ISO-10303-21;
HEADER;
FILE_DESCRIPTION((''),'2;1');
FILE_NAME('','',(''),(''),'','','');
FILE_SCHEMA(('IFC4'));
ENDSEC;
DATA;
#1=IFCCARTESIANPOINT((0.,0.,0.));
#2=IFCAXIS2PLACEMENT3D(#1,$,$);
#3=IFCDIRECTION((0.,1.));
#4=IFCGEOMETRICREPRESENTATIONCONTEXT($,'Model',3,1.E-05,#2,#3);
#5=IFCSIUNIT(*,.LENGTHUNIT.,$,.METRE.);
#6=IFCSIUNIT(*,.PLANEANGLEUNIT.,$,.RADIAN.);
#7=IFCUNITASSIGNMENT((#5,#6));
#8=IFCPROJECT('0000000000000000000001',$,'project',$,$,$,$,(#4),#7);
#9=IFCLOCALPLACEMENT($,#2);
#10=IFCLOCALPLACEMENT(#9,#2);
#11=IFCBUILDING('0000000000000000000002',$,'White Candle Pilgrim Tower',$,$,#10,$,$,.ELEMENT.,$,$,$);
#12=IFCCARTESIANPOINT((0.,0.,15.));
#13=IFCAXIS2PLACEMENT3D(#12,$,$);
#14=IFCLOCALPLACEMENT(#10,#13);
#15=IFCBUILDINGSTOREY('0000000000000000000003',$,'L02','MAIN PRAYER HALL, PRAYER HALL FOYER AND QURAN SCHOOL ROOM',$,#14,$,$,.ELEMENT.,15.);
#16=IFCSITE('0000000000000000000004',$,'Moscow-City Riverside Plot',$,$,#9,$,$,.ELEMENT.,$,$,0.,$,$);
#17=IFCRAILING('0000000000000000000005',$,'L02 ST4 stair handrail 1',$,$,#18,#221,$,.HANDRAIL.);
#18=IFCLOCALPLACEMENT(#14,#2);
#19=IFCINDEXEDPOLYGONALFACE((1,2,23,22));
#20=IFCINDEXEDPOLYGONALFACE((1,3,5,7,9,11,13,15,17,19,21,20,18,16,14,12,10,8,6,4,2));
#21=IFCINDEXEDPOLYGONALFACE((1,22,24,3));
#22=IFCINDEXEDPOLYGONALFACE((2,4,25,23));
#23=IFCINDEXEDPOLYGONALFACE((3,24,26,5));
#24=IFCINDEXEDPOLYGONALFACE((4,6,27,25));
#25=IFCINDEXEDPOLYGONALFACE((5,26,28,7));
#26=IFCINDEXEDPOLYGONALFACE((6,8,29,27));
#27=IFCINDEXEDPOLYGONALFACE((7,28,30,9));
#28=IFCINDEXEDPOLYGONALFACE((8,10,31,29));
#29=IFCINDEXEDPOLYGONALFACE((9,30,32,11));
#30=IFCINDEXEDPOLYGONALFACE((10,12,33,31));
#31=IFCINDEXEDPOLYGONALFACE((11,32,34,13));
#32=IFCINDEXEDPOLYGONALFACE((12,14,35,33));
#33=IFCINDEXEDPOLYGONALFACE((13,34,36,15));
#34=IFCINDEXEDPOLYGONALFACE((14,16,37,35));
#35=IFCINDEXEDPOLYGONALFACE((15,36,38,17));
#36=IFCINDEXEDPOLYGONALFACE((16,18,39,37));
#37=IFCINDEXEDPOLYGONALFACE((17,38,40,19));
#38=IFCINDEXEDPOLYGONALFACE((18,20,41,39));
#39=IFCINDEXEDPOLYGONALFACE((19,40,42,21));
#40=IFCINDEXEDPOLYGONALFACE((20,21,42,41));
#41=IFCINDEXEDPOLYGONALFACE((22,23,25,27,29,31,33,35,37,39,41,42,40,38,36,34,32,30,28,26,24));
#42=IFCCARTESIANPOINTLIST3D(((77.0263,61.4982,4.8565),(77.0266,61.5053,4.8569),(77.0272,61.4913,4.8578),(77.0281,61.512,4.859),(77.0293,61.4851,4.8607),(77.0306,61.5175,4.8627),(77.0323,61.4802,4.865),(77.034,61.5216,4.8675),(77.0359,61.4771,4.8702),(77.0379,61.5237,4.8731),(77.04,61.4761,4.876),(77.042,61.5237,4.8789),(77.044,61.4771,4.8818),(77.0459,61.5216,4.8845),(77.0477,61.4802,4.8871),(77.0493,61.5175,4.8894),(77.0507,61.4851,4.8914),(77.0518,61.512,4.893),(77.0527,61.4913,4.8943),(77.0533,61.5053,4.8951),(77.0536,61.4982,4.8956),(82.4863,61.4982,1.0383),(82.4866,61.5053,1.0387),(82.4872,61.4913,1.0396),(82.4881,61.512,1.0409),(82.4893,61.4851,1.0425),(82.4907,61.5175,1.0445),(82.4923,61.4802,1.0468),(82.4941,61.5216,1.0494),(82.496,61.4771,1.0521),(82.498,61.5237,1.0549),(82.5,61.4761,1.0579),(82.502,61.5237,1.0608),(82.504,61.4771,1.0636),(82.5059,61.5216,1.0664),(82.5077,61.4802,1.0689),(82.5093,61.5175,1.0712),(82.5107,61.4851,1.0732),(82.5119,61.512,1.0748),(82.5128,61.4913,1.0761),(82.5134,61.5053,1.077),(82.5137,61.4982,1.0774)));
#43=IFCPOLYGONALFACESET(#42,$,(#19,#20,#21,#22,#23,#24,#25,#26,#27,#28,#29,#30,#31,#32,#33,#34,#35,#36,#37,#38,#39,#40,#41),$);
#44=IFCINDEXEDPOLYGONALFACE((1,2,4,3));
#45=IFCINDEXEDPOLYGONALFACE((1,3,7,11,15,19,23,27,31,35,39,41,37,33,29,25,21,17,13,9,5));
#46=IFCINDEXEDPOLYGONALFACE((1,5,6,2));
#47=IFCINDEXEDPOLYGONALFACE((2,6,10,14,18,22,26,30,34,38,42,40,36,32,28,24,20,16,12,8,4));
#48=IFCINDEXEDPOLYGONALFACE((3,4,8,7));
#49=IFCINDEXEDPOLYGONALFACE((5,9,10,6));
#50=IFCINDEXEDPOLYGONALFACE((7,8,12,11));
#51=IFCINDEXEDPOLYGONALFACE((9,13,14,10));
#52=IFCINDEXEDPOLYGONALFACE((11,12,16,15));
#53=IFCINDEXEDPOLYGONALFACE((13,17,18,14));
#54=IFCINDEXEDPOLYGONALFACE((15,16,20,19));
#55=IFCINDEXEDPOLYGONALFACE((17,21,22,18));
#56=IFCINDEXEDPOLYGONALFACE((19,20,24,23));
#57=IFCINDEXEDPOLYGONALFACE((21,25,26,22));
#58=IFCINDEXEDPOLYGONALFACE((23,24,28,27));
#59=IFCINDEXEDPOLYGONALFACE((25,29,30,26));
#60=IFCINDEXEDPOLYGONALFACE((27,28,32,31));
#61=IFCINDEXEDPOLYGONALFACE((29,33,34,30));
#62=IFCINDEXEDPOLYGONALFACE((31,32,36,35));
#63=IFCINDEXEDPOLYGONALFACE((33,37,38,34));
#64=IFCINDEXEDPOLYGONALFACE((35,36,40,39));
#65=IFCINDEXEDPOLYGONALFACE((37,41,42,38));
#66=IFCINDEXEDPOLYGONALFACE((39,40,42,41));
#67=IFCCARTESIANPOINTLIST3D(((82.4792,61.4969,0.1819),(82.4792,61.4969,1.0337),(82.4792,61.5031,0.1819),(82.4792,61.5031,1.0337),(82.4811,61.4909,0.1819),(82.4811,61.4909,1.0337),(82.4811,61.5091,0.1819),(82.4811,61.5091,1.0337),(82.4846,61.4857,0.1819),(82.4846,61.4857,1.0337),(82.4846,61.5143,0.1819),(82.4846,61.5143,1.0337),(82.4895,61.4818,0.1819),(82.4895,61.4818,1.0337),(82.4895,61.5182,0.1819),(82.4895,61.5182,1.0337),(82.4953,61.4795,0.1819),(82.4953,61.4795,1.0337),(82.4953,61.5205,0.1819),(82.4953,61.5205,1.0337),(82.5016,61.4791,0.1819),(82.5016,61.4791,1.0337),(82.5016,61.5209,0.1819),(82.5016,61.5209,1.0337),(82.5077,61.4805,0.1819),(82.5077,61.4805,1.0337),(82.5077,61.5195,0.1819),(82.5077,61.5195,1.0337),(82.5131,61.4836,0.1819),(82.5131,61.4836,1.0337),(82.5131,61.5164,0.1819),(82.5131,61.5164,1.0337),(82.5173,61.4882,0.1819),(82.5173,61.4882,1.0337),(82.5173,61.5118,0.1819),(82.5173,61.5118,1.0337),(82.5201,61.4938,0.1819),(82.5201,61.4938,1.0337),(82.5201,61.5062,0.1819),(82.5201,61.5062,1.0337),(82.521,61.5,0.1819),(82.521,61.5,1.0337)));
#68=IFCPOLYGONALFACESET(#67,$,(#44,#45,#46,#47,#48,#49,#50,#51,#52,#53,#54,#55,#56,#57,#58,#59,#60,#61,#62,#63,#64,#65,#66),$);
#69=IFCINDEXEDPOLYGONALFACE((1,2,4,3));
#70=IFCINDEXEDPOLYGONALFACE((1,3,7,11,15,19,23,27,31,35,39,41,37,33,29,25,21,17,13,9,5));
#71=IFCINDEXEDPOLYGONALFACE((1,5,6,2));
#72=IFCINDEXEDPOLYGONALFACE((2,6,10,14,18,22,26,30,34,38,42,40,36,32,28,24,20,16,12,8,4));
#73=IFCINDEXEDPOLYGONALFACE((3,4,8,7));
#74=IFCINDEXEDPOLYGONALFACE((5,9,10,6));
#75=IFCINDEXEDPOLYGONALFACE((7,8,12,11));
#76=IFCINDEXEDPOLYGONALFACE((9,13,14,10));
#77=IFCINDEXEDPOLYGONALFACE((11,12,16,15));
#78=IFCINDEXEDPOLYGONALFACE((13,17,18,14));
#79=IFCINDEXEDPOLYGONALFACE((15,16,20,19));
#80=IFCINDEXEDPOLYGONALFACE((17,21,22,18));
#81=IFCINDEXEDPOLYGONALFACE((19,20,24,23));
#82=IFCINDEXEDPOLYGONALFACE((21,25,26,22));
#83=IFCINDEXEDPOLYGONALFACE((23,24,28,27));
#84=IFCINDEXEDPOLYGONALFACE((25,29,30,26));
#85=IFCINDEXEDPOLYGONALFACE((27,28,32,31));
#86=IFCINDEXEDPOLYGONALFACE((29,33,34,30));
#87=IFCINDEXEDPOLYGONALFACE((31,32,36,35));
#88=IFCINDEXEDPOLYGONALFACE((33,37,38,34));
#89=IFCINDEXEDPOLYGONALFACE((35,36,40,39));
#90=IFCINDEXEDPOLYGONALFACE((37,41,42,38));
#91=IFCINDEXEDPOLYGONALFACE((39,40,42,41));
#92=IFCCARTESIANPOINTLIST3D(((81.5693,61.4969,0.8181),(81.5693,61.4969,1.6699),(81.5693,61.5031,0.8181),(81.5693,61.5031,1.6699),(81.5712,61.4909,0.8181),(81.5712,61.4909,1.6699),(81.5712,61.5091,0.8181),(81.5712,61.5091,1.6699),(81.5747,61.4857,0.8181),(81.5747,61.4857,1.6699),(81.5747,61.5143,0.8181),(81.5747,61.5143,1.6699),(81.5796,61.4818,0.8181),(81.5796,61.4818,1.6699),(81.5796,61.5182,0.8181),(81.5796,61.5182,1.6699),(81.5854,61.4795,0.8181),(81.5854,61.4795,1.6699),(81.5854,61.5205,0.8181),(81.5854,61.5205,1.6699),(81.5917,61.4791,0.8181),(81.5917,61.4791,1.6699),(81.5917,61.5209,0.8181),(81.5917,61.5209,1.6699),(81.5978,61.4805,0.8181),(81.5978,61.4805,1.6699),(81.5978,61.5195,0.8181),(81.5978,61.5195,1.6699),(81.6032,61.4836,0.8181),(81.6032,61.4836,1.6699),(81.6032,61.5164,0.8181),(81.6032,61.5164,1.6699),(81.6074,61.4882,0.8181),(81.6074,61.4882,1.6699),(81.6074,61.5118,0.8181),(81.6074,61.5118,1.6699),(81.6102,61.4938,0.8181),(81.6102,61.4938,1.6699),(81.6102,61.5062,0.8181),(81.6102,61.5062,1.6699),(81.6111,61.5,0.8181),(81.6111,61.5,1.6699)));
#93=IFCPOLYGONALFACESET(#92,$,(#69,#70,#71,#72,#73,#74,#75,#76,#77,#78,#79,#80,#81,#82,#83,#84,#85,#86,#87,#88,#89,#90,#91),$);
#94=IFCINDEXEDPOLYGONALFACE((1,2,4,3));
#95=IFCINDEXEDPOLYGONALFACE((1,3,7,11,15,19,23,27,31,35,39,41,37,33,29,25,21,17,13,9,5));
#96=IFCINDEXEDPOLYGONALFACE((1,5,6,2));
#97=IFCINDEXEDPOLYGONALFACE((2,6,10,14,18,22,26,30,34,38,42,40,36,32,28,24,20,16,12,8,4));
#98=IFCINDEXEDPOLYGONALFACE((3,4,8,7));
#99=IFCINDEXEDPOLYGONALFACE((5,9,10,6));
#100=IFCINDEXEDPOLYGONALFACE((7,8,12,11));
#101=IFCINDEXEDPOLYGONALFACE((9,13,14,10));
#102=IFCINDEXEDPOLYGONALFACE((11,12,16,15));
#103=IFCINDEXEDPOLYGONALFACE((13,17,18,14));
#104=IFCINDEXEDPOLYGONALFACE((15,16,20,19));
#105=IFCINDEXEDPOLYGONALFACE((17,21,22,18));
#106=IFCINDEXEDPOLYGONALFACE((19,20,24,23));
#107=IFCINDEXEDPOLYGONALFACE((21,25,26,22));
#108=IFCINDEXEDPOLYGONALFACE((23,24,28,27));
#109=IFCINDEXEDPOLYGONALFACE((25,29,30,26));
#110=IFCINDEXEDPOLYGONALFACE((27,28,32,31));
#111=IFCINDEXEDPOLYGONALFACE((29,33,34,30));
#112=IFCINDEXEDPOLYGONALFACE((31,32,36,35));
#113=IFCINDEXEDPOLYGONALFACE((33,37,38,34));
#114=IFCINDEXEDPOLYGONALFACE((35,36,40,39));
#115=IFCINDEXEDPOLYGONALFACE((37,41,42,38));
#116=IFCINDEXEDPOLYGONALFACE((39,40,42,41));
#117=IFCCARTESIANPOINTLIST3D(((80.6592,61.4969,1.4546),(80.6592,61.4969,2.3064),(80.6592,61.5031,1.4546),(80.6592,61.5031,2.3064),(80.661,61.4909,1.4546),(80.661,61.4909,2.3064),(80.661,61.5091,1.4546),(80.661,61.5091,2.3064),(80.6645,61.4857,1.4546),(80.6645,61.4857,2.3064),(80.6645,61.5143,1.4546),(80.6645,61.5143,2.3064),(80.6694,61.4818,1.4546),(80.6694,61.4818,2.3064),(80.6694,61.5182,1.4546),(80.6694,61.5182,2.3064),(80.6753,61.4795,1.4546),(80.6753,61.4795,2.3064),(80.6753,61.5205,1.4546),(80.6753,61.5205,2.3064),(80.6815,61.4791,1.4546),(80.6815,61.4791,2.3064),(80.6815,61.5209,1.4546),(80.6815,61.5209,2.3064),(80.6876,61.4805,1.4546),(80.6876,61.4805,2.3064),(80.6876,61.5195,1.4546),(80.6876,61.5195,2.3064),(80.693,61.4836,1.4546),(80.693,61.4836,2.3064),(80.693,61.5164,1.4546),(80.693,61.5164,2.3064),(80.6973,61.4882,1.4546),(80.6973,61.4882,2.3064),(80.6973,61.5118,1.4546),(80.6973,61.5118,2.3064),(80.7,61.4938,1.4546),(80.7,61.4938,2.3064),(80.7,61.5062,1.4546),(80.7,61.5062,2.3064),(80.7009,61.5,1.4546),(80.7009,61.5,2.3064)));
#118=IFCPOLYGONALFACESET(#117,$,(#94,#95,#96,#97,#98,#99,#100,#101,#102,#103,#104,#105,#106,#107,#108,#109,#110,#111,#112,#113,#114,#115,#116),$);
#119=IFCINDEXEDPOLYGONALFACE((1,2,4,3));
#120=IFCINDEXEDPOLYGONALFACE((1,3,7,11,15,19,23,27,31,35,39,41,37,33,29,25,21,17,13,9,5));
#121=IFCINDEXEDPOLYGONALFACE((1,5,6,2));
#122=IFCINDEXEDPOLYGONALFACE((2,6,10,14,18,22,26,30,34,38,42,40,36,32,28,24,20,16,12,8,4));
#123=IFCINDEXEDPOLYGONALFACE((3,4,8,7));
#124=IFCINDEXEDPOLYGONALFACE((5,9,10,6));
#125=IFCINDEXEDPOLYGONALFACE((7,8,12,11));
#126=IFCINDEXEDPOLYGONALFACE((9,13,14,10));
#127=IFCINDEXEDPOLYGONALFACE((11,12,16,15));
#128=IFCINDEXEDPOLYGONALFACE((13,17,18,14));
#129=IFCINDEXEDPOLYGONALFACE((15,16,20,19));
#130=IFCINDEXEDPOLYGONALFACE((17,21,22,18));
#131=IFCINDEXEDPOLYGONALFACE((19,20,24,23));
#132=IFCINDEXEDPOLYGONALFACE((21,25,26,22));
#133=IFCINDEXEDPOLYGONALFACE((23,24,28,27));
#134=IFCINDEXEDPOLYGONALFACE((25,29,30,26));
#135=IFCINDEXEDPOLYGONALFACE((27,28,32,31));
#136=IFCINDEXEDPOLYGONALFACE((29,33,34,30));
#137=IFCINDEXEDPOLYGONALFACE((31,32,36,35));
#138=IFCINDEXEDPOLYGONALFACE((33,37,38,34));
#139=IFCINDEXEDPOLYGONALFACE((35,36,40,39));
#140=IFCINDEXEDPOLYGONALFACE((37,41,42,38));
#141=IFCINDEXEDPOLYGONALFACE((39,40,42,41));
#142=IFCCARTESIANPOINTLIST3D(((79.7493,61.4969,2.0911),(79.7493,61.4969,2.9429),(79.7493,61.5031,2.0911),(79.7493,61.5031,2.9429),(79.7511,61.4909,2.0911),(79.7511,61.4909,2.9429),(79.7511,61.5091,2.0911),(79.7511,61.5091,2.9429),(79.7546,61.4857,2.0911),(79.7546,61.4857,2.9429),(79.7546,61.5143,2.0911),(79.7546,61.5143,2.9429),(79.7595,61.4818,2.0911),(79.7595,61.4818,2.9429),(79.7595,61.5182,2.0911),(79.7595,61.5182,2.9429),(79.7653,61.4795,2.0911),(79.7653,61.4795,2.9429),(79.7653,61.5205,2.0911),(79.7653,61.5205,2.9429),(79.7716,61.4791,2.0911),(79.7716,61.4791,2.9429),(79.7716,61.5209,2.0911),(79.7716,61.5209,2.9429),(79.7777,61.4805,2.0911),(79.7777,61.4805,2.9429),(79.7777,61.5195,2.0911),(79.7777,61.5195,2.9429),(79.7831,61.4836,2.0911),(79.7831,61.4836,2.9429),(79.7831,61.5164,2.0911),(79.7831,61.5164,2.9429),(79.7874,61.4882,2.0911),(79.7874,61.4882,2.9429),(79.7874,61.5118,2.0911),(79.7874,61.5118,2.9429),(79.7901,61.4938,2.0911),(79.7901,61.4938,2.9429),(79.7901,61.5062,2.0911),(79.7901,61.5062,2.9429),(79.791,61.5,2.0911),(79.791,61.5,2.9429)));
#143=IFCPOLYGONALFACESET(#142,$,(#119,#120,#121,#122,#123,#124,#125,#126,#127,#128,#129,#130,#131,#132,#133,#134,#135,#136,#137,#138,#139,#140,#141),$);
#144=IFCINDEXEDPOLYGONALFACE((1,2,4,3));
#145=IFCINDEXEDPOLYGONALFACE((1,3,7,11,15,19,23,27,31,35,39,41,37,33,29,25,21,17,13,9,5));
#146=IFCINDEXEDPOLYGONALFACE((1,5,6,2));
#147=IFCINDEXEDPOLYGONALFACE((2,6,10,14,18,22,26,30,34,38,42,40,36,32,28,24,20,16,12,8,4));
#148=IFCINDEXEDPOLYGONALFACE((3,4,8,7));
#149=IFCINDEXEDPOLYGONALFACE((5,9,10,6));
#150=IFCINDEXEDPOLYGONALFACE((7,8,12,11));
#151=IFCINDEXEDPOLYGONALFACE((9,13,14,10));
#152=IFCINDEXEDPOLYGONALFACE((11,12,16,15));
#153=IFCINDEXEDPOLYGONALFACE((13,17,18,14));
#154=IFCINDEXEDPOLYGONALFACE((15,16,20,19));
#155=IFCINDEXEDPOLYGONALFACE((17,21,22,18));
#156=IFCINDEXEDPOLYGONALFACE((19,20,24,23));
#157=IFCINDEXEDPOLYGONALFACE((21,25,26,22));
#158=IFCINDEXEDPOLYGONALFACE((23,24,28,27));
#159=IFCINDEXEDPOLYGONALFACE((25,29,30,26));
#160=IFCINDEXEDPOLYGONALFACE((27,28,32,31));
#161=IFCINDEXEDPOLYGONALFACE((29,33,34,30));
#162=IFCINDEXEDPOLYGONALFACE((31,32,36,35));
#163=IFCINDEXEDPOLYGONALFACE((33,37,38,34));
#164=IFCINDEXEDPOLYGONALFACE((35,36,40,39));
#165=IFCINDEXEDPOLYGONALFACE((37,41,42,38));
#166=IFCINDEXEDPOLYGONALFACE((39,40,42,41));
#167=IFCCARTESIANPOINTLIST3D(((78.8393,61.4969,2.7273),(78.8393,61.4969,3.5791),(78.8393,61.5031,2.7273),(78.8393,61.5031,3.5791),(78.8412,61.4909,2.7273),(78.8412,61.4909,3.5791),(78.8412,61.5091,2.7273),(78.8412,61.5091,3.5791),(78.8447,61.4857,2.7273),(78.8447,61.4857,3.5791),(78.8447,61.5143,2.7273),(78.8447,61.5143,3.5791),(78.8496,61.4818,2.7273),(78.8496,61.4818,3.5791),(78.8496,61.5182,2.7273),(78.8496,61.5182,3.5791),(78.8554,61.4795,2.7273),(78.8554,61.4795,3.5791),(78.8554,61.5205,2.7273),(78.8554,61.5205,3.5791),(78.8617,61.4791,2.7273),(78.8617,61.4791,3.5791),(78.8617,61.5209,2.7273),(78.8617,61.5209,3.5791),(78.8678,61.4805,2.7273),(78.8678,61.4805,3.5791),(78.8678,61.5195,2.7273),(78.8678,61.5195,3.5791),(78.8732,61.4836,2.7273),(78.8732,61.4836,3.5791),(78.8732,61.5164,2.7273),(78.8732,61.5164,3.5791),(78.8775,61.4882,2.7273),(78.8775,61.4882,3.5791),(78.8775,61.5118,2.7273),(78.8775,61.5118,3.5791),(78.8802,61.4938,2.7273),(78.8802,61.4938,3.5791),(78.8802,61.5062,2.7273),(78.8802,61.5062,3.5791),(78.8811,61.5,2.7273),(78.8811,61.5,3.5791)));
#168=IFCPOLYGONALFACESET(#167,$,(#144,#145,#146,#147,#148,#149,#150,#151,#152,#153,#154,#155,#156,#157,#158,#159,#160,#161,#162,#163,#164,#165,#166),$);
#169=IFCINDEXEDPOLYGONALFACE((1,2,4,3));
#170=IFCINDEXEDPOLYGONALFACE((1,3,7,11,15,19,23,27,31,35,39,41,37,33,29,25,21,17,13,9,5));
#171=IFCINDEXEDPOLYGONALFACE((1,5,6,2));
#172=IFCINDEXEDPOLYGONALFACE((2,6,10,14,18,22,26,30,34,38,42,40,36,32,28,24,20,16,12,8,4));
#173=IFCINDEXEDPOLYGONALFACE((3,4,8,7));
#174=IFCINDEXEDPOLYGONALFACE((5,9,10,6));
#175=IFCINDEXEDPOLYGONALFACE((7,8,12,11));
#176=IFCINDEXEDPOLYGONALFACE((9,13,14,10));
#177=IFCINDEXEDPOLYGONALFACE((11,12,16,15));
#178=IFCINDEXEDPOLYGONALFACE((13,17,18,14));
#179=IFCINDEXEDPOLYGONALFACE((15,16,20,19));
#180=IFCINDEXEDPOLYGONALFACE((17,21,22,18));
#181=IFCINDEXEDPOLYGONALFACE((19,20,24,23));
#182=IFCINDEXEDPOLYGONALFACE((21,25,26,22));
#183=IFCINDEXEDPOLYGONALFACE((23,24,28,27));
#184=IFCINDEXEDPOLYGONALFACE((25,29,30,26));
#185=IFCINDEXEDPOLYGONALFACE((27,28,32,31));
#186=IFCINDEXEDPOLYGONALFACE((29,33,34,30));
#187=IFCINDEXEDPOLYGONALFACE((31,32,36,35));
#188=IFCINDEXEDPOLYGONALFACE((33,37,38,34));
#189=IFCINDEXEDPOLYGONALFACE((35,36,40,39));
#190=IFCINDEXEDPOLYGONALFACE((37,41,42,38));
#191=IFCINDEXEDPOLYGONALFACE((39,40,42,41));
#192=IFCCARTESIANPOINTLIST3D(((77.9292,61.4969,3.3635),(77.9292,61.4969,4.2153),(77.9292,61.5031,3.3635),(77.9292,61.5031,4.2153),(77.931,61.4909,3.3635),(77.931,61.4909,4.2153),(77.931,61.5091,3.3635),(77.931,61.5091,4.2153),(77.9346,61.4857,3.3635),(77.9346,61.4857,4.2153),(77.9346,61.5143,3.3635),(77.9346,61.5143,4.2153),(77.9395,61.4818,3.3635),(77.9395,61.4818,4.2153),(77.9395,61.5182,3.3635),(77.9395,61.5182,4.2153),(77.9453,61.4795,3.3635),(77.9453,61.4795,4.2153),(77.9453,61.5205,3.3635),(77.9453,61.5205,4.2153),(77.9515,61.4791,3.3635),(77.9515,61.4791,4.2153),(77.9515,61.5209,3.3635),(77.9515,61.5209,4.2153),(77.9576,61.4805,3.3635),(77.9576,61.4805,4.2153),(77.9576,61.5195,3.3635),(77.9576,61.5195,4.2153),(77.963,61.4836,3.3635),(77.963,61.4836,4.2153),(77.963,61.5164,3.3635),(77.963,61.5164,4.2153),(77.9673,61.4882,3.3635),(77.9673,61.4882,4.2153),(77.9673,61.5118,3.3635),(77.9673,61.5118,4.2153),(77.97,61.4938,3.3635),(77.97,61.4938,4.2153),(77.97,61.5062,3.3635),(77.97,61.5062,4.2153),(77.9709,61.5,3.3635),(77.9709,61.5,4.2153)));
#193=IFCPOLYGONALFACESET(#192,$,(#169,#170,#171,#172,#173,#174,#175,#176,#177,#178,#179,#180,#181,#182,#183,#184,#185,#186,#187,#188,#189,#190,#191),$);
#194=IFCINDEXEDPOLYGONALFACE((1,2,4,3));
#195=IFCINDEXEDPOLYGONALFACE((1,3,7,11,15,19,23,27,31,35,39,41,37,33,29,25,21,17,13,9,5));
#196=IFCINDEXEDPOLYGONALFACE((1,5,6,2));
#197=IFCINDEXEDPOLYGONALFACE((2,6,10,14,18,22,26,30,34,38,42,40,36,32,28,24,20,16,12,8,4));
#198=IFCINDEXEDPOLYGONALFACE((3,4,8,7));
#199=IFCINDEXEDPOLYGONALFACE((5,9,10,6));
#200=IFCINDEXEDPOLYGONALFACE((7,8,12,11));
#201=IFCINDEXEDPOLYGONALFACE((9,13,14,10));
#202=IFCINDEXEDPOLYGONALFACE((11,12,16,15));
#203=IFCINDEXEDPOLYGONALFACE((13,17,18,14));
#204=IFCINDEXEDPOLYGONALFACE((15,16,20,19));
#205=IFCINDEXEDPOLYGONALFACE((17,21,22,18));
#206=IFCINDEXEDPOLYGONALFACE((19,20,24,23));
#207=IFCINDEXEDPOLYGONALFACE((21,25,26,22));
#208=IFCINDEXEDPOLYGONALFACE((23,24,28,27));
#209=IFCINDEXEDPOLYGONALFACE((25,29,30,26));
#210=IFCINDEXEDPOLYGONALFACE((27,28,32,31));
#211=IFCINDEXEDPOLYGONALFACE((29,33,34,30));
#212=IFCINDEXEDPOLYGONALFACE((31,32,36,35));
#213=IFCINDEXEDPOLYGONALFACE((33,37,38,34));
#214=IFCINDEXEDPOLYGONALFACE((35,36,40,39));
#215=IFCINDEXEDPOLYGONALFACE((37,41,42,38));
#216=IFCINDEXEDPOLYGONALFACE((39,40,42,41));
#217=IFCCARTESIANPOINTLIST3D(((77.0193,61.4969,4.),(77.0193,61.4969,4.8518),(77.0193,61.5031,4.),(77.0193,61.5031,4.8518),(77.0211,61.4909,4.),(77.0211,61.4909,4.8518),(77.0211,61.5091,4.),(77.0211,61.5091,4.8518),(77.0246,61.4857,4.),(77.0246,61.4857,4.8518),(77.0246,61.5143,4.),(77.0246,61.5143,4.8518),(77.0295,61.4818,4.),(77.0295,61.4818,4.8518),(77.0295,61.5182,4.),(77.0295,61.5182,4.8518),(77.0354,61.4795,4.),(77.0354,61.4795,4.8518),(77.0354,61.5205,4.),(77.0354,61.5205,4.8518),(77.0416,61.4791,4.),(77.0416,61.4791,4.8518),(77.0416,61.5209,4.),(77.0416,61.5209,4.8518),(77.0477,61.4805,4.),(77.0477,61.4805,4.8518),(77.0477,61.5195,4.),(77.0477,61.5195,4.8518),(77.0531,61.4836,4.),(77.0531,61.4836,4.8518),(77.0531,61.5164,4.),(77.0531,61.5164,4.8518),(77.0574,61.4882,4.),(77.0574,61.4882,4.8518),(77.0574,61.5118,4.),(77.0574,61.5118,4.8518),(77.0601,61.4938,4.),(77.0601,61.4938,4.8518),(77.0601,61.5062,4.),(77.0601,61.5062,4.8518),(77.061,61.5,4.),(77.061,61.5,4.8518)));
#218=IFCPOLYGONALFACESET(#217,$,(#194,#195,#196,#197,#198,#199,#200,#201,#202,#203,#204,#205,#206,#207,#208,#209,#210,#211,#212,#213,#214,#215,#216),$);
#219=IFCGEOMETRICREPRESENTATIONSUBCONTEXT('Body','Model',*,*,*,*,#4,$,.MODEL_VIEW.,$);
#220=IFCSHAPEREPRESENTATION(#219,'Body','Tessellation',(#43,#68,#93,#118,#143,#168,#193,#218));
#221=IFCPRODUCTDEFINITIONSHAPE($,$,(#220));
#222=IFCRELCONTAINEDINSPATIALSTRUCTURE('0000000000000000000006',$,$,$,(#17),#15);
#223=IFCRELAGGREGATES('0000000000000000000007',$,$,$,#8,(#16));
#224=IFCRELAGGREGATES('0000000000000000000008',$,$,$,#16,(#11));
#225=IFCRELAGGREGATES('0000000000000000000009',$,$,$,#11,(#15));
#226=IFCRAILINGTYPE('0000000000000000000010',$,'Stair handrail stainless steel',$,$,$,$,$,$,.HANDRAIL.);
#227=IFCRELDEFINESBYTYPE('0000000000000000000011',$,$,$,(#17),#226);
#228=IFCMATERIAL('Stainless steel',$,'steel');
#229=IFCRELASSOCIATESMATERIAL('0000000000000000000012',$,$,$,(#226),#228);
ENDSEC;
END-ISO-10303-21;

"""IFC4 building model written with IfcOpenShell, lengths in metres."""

from ifc_helpers import new_model, si_unit, direction, frame, origin, origin_2d, place, context, subcontext, project, spatial, circle, extrude, material, type_object, element, save


model = new_model("IFC4")

# Units and contexts
model_context = context("Model", 3, precision=1e-05, world=origin(), true_north=direction((0.0, 1.0)))
body_context = subcontext(model_context, "Body", "Model", "MODEL_VIEW")
ifc_project = project(units=[si_unit("LENGTHUNIT", "METRE"), si_unit("PLANEANGLEUNIT", "RADIAN")], contexts=[model_context])

# Site, building, storey
site_placement = place(None, origin())
site = spatial("IfcSite", under=ifc_project, at=site_placement, Name="Moscow-City Riverside Plot", CompositionType="ELEMENT", RefElevation=0.0)
building_placement = place(site_placement, origin())
building = spatial("IfcBuilding", under=site, at=building_placement, Name="White Candle Pilgrim Tower", CompositionType="ELEMENT")
storey_placement = place(building_placement, frame((0.0, 0.0, 15.0)))
storey = spatial("IfcBuildingStorey", under=building, at=storey_placement, Name="L02", Description="MAIN PRAYER HALL, PRAYER HALL FOYER AND QURAN SCHOOL ROOM", CompositionType="ELEMENT", Elevation=15.0)

# Railing
ifc_material_1 = material(Name="Stainless steel", Category="steel")
railing_type_1 = type_object("IfcRailingType", Name="Stair handrail stainless steel", PredefinedType="HANDRAIL", material=ifc_material_1)
railing_1_placement = place(storey_placement, frame((82.5, 61.5, 0.1819)))
element("IfcRailing", 1, at=railing_1_placement, inside=storey, type_object=railing_type_1, Name="L02 ST4 stair handrail 1", PredefinedType="HANDRAIL", context=body_context, shape_type="SweptSolid", body=[
    extrude(circle(Radius=0.0239, at=origin_2d()), frame((0.0, 0.0, 0.876), z_axis=(-0.819504, 0.0, 0.573074), x_axis=(0.0, -1.0, 0.0)), (0.0, 0.0, 1.0), 6.6626),
    extrude(circle(Radius=0.021, at=origin_2d()), origin(), (0.0, 0.0, 1.0), 0.8518),
    extrude(circle(Radius=0.021, at=origin_2d()), frame((-0.9099, 0.0, 0.6362)), (0.0, 0.0, 1.0), 0.8518),
    extrude(circle(Radius=0.021, at=origin_2d()), frame((-1.8201, 0.0, 1.2727)), (0.0, 0.0, 1.0), 0.8518),
    extrude(circle(Radius=0.021, at=origin_2d()), frame((-2.73, 0.0, 1.9092)), (0.0, 0.0, 1.0), 0.8518),
    extrude(circle(Radius=0.021, at=origin_2d()), frame((-3.6399, 0.0, 2.5454)), (0.0, 0.0, 1.0), 0.8518),
    extrude(circle(Radius=0.021, at=origin_2d()), frame((-4.55, 0.0, 3.1816)), (0.0, 0.0, 1.0), 0.8518),
    extrude(circle(Radius=0.021, at=origin_2d()), frame((-5.46, 0.0, 3.8181)), (0.0, 0.0, 1.0), 0.8518),
])

save(model, "model.ifc")
